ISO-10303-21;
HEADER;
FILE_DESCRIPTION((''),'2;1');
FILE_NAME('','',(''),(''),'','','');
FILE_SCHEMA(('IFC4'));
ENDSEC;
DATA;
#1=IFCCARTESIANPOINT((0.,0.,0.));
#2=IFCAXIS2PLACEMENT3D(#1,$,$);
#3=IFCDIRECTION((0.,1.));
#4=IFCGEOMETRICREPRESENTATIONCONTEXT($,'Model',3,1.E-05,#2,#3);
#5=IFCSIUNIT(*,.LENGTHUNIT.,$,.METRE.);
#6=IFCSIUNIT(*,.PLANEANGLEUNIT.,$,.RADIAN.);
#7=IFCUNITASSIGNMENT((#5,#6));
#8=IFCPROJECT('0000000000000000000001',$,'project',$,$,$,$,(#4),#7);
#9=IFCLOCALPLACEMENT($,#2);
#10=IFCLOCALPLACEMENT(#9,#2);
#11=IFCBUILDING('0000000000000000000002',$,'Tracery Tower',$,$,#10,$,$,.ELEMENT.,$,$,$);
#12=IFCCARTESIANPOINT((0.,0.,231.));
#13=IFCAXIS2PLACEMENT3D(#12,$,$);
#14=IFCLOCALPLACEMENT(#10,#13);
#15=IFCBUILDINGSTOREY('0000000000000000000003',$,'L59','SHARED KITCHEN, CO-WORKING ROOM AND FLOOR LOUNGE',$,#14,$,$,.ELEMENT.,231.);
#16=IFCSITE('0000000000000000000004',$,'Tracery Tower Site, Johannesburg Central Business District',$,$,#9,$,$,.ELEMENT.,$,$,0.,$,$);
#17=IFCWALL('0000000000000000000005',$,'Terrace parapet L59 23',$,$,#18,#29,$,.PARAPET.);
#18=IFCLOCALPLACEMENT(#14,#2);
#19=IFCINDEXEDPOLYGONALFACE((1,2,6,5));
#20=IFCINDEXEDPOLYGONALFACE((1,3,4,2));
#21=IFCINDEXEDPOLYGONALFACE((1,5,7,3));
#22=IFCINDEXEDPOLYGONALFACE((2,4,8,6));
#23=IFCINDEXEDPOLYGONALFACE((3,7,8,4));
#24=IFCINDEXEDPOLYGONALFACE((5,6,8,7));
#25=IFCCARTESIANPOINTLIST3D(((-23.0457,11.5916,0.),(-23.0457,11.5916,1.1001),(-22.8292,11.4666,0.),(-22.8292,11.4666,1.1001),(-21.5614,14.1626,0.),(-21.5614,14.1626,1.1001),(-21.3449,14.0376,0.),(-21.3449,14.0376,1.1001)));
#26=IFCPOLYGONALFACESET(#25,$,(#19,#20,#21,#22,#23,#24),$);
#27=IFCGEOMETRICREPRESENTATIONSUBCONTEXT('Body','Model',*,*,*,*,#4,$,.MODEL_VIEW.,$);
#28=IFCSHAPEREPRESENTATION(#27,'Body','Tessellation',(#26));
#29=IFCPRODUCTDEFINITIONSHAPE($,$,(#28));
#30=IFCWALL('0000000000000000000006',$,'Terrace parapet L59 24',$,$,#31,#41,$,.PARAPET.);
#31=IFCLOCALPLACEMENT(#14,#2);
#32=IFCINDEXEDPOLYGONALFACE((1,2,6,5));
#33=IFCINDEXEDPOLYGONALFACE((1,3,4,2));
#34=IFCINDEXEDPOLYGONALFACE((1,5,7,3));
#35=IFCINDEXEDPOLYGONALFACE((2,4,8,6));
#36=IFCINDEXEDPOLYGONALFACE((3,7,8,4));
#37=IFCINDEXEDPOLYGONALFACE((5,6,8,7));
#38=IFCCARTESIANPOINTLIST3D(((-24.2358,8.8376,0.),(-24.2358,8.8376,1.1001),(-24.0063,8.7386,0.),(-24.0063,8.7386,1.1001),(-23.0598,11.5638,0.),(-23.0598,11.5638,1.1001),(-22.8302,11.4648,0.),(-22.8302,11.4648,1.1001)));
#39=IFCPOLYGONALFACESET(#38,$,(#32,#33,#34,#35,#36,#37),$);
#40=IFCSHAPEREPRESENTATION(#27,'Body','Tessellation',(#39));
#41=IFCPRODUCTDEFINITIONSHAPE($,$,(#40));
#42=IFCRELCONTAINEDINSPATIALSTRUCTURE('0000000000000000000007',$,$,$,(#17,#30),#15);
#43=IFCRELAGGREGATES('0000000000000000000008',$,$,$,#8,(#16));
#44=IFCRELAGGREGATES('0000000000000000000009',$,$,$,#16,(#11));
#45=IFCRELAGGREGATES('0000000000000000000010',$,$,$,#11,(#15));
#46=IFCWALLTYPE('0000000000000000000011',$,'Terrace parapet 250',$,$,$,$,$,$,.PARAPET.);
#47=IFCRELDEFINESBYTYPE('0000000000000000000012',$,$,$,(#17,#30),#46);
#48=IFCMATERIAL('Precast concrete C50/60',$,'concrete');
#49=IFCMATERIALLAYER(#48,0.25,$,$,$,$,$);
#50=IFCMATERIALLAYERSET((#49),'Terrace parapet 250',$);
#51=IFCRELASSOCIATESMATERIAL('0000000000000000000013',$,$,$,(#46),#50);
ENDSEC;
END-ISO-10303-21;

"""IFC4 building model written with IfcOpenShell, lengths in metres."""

from ifc_helpers import new_model, si_unit, direction, frame, frame_2d, origin, place, context, subcontext, project, spatial, rectangle, extrude, material, layer, layer_set, type_object, element, save


model = new_model("IFC4")

# Units and contexts
model_context = context("Model", 3, precision=1e-05, world=origin(), true_north=direction((0.0, 1.0)))
body_context = subcontext(model_context, "Body", "Model", "MODEL_VIEW")
ifc_project = project(units=[si_unit("LENGTHUNIT", "METRE"), si_unit("PLANEANGLEUNIT", "RADIAN")], contexts=[model_context])

# Site, building, storey
site_placement = place(None, origin())
site = spatial("IfcSite", under=ifc_project, at=site_placement, Name="Tracery Tower Site, Johannesburg Central Business District", CompositionType="ELEMENT", RefElevation=0.0)
building_placement = place(site_placement, origin())
building = spatial("IfcBuilding", under=site, at=building_placement, Name="Tracery Tower", CompositionType="ELEMENT")
storey_placement = place(building_placement, frame((0.0, 0.0, 231.0)))
storey = spatial("IfcBuildingStorey", under=building, at=storey_placement, Name="L59", Description="SHARED KITCHEN, CO-WORKING ROOM AND FLOOR LOUNGE", CompositionType="ELEMENT", Elevation=231.0)

# Walls
ifc_material_1 = material(Name="Precast concrete C50/60", Category="concrete")
ifc_layer_1 = layer(ifc_material_1, 0.25)
ifc_layer_set_1 = layer_set([ifc_layer_1], Name="Terrace parapet 250")
wall_type_1 = type_object("IfcWallType", Name="Terrace parapet 250", PredefinedType="PARAPET", material=ifc_layer_set_1)
for number, where, z_axis, x_axis, name in (
    (1, (-21.4531, 14.1001, 0.0), (0.0, 0.0, 1.0), (-0.499995, -0.866028, 0.0), "Terrace parapet L59 23"),
):
    element("IfcWall", number, at=place(storey_placement, frame(where, z_axis=z_axis, x_axis=x_axis)), inside=storey, type_object=wall_type_1, Name=name, PredefinedType="PARAPET", context=body_context, shape_type="SweptSolid", body=[
        extrude(rectangle(XDim=2.9688, YDim=0.25, at=frame_2d((1.4844, 0.0))), origin(), (0.0, 0.0, 1.0), 1.1001),
    ])
wall_1_placement = place(storey_placement, frame((-22.9451, 11.5142, 0.0), z_axis=(0.0, 0.0, 1.0), x_axis=(-0.396112, -0.918202, 0.0)))
element("IfcWall", 2, at=wall_1_placement, inside=storey, type_object=wall_type_1, Name="Terrace parapet L59 24", PredefinedType="PARAPET", context=body_context, shape_type="SweptSolid", body=[
    extrude(rectangle(XDim=2.969, YDim=0.25, at=frame_2d((1.4844, 0.0))), origin(), (0.0, 0.0, 1.0), 1.1001),
])

save(model, "model.ifc")
